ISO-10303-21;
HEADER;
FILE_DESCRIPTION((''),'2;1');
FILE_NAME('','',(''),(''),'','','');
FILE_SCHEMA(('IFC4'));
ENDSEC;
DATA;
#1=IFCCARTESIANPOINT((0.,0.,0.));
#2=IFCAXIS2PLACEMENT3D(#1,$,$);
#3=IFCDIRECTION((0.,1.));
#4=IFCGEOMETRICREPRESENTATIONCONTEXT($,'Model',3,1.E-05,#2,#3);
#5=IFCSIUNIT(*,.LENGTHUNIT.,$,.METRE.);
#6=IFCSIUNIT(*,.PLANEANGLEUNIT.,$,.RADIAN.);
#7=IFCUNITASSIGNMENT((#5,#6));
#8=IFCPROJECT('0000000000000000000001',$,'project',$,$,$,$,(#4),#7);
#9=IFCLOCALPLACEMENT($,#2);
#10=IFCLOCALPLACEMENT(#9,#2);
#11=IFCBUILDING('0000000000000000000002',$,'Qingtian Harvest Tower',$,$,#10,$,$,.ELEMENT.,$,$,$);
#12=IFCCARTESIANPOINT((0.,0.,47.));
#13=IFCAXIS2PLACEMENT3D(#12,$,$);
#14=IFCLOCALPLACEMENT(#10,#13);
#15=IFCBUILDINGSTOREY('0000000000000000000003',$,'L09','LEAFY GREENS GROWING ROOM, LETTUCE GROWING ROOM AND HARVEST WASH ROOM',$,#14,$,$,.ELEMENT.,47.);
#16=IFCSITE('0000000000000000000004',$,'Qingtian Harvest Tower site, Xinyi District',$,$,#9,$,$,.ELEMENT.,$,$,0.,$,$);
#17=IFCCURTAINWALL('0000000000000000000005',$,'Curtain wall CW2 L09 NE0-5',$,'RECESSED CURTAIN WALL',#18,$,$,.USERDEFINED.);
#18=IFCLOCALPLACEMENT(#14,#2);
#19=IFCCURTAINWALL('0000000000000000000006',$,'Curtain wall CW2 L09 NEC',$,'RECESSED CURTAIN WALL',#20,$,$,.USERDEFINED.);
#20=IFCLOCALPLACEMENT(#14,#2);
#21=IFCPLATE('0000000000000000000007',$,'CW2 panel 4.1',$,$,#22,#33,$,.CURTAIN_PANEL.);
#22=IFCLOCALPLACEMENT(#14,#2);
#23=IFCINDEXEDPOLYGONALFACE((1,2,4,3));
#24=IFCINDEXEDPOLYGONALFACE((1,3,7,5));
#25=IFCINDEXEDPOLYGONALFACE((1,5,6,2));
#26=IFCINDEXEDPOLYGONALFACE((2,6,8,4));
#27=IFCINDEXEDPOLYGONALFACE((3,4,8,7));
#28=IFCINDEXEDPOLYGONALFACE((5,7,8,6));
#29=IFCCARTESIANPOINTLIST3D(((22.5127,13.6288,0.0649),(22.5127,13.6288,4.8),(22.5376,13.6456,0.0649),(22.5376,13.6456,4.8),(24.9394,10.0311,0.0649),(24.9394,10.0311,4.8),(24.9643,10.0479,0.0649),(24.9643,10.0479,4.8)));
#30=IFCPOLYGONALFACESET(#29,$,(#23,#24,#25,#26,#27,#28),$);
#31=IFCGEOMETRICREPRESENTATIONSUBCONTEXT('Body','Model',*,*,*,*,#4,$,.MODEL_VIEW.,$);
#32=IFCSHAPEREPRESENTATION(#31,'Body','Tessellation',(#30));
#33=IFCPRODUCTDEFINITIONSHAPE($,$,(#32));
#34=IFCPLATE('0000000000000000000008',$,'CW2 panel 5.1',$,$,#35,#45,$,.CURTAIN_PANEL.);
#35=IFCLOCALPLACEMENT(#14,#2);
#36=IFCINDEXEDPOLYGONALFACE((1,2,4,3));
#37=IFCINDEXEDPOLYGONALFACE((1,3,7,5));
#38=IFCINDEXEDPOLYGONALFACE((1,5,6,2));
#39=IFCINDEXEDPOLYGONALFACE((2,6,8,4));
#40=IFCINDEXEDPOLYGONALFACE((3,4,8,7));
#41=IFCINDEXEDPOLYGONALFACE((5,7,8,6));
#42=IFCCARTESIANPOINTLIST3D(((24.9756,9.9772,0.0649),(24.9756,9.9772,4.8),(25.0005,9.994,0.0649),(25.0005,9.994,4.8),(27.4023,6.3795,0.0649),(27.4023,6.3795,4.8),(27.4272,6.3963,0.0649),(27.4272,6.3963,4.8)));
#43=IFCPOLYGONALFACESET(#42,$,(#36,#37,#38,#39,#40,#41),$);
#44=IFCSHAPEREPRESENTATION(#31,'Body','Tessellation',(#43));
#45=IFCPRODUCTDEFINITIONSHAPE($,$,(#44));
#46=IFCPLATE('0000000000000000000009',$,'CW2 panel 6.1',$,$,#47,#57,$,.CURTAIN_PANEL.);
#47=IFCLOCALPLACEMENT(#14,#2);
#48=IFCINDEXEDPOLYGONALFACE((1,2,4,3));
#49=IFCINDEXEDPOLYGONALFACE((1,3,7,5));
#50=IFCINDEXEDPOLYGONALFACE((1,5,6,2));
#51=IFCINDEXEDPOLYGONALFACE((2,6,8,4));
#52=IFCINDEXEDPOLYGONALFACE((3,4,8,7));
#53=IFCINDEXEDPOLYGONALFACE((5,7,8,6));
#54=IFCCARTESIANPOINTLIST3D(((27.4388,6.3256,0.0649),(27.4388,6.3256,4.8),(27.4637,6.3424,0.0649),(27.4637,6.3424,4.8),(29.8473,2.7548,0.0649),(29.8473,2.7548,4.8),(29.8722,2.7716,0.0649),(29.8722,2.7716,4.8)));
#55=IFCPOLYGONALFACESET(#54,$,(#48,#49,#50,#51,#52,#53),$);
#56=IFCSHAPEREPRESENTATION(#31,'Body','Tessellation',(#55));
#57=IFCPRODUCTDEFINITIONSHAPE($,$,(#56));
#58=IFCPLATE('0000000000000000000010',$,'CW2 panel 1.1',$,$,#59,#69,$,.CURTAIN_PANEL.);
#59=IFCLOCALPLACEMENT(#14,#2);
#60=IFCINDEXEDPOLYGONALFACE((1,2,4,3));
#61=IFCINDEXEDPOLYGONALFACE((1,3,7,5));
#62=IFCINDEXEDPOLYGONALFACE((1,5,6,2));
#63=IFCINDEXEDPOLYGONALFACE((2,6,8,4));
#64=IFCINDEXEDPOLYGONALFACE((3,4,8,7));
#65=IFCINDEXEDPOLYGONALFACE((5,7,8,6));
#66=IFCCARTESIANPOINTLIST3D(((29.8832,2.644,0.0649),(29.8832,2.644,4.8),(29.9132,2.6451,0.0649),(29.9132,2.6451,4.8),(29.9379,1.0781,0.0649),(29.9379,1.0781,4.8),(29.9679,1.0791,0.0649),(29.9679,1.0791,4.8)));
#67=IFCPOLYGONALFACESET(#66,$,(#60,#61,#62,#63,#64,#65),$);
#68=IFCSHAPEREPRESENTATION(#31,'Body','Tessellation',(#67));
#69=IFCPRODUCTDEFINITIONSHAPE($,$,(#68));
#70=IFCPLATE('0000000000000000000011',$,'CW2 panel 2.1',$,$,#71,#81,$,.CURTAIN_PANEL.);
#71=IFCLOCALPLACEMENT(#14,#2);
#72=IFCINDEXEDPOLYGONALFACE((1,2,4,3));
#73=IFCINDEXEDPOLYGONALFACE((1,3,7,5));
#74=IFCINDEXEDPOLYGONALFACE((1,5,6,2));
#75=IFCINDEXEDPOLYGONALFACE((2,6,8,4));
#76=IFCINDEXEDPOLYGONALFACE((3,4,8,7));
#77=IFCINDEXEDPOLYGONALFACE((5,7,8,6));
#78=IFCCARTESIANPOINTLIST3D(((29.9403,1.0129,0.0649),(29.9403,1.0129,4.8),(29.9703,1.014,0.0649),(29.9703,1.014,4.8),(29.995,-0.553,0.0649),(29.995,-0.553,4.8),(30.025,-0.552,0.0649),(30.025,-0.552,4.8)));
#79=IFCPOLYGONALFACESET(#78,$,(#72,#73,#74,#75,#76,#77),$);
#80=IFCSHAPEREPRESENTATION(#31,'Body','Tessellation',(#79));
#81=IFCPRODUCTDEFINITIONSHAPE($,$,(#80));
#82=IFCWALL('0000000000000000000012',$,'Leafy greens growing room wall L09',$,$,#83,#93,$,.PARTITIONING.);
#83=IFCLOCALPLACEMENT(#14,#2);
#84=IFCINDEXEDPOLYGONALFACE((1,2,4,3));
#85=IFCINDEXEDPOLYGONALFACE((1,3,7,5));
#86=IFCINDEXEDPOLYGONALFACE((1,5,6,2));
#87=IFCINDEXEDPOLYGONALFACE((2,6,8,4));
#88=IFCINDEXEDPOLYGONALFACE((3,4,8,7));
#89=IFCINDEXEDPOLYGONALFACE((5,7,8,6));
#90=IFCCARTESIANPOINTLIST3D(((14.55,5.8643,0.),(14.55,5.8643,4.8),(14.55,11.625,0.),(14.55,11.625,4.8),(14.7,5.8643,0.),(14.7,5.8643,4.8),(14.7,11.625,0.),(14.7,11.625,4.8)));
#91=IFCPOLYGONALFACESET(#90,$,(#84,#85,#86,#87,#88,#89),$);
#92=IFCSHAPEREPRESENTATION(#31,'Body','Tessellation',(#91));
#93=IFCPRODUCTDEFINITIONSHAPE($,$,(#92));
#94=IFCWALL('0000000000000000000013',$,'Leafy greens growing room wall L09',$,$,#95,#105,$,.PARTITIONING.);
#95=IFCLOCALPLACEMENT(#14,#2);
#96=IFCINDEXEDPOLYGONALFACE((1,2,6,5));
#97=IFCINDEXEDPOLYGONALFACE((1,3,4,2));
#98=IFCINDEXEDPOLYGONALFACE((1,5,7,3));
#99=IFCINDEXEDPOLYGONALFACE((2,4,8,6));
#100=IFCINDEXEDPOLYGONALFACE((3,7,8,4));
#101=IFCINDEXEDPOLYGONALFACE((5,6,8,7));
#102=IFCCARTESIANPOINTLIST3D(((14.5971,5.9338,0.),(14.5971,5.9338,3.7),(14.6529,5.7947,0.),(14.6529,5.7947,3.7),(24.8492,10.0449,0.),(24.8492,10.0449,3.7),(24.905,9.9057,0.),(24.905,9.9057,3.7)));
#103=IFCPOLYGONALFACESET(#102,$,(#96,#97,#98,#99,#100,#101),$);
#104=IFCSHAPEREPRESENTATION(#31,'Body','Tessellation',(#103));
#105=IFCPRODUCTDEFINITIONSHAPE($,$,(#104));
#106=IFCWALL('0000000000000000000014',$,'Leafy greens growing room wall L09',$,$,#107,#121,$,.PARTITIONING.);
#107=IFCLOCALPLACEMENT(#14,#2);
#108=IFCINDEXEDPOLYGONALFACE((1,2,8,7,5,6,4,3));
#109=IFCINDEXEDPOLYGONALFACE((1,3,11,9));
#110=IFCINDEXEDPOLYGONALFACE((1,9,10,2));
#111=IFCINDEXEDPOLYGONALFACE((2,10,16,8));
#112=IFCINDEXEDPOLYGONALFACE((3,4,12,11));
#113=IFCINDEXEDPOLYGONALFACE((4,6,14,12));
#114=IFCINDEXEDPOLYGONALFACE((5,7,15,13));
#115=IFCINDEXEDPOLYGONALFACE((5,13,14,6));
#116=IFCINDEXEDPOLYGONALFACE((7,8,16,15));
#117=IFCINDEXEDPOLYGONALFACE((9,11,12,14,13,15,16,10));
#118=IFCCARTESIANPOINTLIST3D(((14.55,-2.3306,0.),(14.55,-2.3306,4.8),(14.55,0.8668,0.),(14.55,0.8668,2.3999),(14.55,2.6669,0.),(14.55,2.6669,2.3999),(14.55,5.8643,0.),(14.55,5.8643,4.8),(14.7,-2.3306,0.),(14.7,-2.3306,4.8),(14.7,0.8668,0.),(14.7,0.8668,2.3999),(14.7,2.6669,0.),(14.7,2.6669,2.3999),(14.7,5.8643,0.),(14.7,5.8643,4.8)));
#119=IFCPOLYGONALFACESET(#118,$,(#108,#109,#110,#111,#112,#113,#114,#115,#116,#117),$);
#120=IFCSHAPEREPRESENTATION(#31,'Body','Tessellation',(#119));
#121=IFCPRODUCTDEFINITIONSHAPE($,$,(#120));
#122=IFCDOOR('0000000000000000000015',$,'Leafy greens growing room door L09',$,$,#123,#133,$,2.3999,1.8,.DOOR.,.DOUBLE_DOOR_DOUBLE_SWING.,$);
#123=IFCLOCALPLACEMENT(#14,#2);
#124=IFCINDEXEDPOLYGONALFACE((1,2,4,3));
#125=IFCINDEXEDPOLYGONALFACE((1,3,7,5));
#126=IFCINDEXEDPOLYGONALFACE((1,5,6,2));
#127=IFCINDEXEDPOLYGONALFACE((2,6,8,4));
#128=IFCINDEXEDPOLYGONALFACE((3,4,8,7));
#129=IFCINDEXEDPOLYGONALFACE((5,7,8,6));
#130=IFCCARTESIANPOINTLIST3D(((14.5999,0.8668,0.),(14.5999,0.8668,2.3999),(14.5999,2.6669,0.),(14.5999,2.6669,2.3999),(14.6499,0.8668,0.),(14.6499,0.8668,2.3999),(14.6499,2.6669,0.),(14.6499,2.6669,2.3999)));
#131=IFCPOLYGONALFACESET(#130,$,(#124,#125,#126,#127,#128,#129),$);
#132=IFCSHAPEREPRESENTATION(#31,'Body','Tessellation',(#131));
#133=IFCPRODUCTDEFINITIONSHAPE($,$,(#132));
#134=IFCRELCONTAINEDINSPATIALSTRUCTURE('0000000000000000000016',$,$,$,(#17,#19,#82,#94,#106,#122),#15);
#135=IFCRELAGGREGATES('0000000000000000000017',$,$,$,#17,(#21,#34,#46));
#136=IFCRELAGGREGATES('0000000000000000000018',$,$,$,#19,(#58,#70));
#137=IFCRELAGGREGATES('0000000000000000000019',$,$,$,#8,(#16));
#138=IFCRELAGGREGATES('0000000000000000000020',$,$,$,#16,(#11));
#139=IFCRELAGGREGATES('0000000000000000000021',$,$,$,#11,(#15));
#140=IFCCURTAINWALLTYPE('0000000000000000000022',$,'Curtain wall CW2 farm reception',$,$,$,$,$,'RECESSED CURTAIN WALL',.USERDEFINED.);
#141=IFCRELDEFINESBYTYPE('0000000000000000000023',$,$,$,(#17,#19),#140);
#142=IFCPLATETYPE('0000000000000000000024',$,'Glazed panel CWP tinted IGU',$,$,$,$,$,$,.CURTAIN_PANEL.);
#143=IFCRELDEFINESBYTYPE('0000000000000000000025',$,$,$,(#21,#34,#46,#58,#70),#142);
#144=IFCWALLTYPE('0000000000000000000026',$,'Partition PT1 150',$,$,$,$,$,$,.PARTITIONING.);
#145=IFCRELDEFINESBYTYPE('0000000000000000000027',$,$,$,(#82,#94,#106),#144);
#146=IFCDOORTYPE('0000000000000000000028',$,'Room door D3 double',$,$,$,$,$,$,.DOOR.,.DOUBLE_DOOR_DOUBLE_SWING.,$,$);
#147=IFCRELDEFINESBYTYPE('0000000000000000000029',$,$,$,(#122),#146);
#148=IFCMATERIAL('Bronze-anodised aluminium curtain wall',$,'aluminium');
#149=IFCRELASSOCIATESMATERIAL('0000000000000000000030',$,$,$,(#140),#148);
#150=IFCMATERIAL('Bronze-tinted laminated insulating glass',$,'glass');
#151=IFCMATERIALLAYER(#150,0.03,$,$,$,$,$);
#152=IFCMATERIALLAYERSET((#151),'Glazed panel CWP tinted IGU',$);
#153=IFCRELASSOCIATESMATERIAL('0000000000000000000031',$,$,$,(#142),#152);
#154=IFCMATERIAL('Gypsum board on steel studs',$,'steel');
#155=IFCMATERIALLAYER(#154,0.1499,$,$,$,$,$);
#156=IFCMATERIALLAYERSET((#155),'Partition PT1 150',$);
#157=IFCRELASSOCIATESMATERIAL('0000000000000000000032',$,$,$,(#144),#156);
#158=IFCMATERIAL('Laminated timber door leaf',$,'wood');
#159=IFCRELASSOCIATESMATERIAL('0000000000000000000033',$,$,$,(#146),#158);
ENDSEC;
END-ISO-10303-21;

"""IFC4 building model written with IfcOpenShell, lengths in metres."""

from ifc_helpers import new_model, si_unit, direction, frame, frame_2d, origin, origin_2d, place, context, subcontext, project, spatial, rectangle, extrude, material, layer, layer_set, type_object, element, fill, aggregate, save


model = new_model("IFC4")

# Units and contexts
model_context = context("Model", 3, precision=1e-05, world=origin(), true_north=direction((0.0, 1.0)))
body_context = subcontext(model_context, "Body", "Model", "MODEL_VIEW")
ifc_project = project(units=[si_unit("LENGTHUNIT", "METRE"), si_unit("PLANEANGLEUNIT", "RADIAN")], contexts=[model_context])

# Site, building, storey
site_placement = place(None, origin())
site = spatial("IfcSite", under=ifc_project, at=site_placement, Name="Qingtian Harvest Tower site, Xinyi District", CompositionType="ELEMENT", RefElevation=0.0)
building_placement = place(site_placement, origin())
building = spatial("IfcBuilding", under=site, at=building_placement, Name="Qingtian Harvest Tower", CompositionType="ELEMENT")
storey_placement = place(building_placement, frame((0.0, 0.0, 47.0)))
storey = spatial("IfcBuildingStorey", under=building, at=storey_placement, Name="L09", Description="LEAFY GREENS GROWING ROOM, LETTUCE GROWING ROOM AND HARVEST WASH ROOM", CompositionType="ELEMENT", Elevation=47.0)

# Curtain walls
ifc_material_1 = material(Name="Bronze-anodised aluminium curtain wall", Category="aluminium")
curtain_wall_type = type_object("IfcCurtainWallType", Name="Curtain wall CW2 farm reception", ElementType="RECESSED CURTAIN WALL", PredefinedType="USERDEFINED", material=ifc_material_1)
curtain_wall_1_placement = place(storey_placement, origin())
curtain_wall_1 = element("IfcCurtainWall", 1, at=curtain_wall_1_placement, inside=storey, type_object=curtain_wall_type, Name="Curtain wall CW2 L09 NE0-5", ObjectType="RECESSED CURTAIN WALL", PredefinedType="USERDEFINED")
curtain_wall_2_placement = place(storey_placement, origin())
curtain_wall_2 = element("IfcCurtainWall", 2, at=curtain_wall_2_placement, inside=storey, type_object=curtain_wall_type, Name="Curtain wall CW2 L09 NEC", ObjectType="RECESSED CURTAIN WALL", PredefinedType="USERDEFINED")

# Plates
ifc_material_2 = material(Name="Bronze-tinted laminated insulating glass", Category="glass")
ifc_layer_1 = layer(ifc_material_2, 0.03)
ifc_layer_set_1 = layer_set([ifc_layer_1], Name="Glazed panel CWP tinted IGU")
plate_type = type_object("IfcPlateType", Name="Glazed panel CWP tinted IGU", PredefinedType="CURTAIN_PANEL", material=ifc_layer_set_1)
plate_1_placement = place(storey_placement, frame((23.7385, 11.8384, 0.0649), z_axis=(0.0, 0.0, 1.0), x_axis=(0.559193, -0.829038, 0.0)))
plate_1 = element("IfcPlate", 3, at=plate_1_placement, type_object=plate_type, Name="CW2 panel 4.1", PredefinedType="CURTAIN_PANEL", context=body_context, shape_type="SweptSolid", body=[
    extrude(rectangle(XDim=4.3396, YDim=0.03, at=origin_2d()), origin(), (0.0, 0.0, 1.0), 4.7351),
])
plate_2_placement = place(storey_placement, frame((26.2014, 8.1868, 0.0649), z_axis=(0.0, 0.0, 1.0), x_axis=(0.559193, -0.829038, 0.0)))
plate_2 = element("IfcPlate", 4, at=plate_2_placement, type_object=plate_type, Name="CW2 panel 5.1", PredefinedType="CURTAIN_PANEL", context=body_context, shape_type="SweptSolid", body=[
    extrude(rectangle(XDim=4.3396, YDim=0.03, at=origin_2d()), origin(), (0.0, 0.0, 1.0), 4.7351),
])
plate_3_placement = place(storey_placement, frame((28.6555, 4.5486, 0.0649), z_axis=(0.0, 0.0, 1.0), x_axis=(0.559193, -0.829038, 0.0)))
plate_3 = element("IfcPlate", 5, at=plate_3_placement, type_object=plate_type, Name="CW2 panel 6.1", PredefinedType="CURTAIN_PANEL", context=body_context, shape_type="SweptSolid", body=[
    extrude(rectangle(XDim=4.3071, YDim=0.03, at=origin_2d()), origin(), (0.0, 0.0, 1.0), 4.7351),
])
aggregate(curtain_wall_1, [plate_1, plate_2, plate_3])
plate_4_placement = place(storey_placement, frame((29.9255, 1.8616, 0.0649), z_axis=(0.0, 0.0, 1.0), x_axis=(0.034899, -0.999391, 0.0)))
plate_4 = element("IfcPlate", 6, at=plate_4_placement, type_object=plate_type, Name="CW2 panel 1.1", PredefinedType="CURTAIN_PANEL", context=body_context, shape_type="SweptSolid", body=[
    extrude(rectangle(XDim=1.5669, YDim=0.03, at=origin_2d()), origin(), (0.0, 0.0, 1.0), 4.7351),
])
plate_5_placement = place(storey_placement, frame((29.9827, 0.2305, 0.0649), z_axis=(0.0, 0.0, 1.0), x_axis=(0.034899, -0.999391, 0.0)))
plate_5 = element("IfcPlate", 7, at=plate_5_placement, type_object=plate_type, Name="CW2 panel 2.1", PredefinedType="CURTAIN_PANEL", context=body_context, shape_type="SweptSolid", body=[
    extrude(rectangle(XDim=1.5669, YDim=0.03, at=origin_2d()), origin(), (0.0, 0.0, 1.0), 4.7351),
])
aggregate(curtain_wall_2, [plate_4, plate_5])

# Walls
ifc_material_3 = material(Name="Gypsum board on steel studs", Category="steel")
ifc_layer_2 = layer(ifc_material_3, 0.1499)
ifc_layer_set_2 = layer_set([ifc_layer_2], Name="Partition PT1 150")
wall_type = type_object("IfcWallType", Name="Partition PT1 150", PredefinedType="PARTITIONING", material=ifc_layer_set_2)
wall_1_placement = place(storey_placement, frame((14.625, 11.625, 0.0), z_axis=(0.0, 0.0, 1.0), x_axis=(0.0, -1.0, 0.0)))
element("IfcWall", 8, at=wall_1_placement, inside=storey, type_object=wall_type, Name="Leafy greens growing room wall L09", PredefinedType="PARTITIONING", context=body_context, shape_type="SweptSolid", body=[
    extrude(rectangle(XDim=5.7607, YDim=0.1499, at=frame_2d((2.8804, 0.0))), origin(), (0.0, 0.0, 1.0), 4.8),
])
wall_2_placement = place(storey_placement, frame((24.8772, 9.9753, 0.0), z_axis=(0.0, 0.0, 1.0), x_axis=(-0.928158, -0.372187, 0.0)))
element("IfcWall", 9, at=wall_2_placement, inside=storey, type_object=wall_type, Name="Leafy greens growing room wall L09", PredefinedType="PARTITIONING", context=body_context, shape_type="SweptSolid", body=[
    extrude(rectangle(XDim=11.0457, YDim=0.1499, at=frame_2d((5.5229, 0.0))), origin(), (0.0, 0.0, 1.0), 3.7),
])

# Wall, opening, door
wall_3_placement = place(storey_placement, frame((14.625, 5.8643, 0.0), z_axis=(0.0, 0.0, 1.0), x_axis=(0.0, -1.0, 0.0)))
wall_3 = element("IfcWall", 10, at=wall_3_placement, inside=storey, type_object=wall_type, Name="Leafy greens growing room wall L09", PredefinedType="PARTITIONING", context=body_context, shape_type="SweptSolid", body=[
    extrude(rectangle(XDim=8.1948, YDim=0.1499, at=frame_2d((4.0974, 0.0))), origin(), (0.0, 0.0, 1.0), 4.8),
])
opening_placement = place(wall_3_placement, frame((3.1975, 0.0, 0.0)))
opening = element("IfcOpeningElement", 11, at=opening_placement, cuts=wall_3, PredefinedType="OPENING", context=body_context, shape_type="SweptSolid", body=[
    extrude(rectangle(XDim=1.8, YDim=2.3999, at=frame_2d((0.8999, 1.2))), frame((0.0, 0.085, 0.0), z_axis=(0.0, -1.0, 0.0), x_axis=(1.0, 0.0, 0.0)), (0.0, 0.0, 1.0), 0.1699),
])
ifc_material_4 = material(Name="Laminated timber door leaf", Category="wood")
door_type = type_object("IfcDoorType", Name="Room door D3 double", OperationType="DOUBLE_DOOR_DOUBLE_SWING", PredefinedType="DOOR", material=ifc_material_4)
door_placement = place(opening_placement, origin())
door = element("IfcDoor", 12, at=door_placement, inside=storey, type_object=door_type, Name="Leafy greens growing room door L09", OperationType="DOUBLE_DOOR_DOUBLE_SWING", OverallHeight=2.3999, OverallWidth=1.8, PredefinedType="DOOR", context=body_context, shape_type="SweptSolid", body=[
    extrude(rectangle(XDim=1.8, YDim=2.3999, at=frame_2d((0.8999, 1.2))), frame((0.0, 0.0249, 0.0), z_axis=(0.0, -1.0, 0.0), x_axis=(1.0, 0.0, 0.0)), (0.0, 0.0, 1.0), 0.05),
])
fill(opening, door)

save(model, "model.ifc")
